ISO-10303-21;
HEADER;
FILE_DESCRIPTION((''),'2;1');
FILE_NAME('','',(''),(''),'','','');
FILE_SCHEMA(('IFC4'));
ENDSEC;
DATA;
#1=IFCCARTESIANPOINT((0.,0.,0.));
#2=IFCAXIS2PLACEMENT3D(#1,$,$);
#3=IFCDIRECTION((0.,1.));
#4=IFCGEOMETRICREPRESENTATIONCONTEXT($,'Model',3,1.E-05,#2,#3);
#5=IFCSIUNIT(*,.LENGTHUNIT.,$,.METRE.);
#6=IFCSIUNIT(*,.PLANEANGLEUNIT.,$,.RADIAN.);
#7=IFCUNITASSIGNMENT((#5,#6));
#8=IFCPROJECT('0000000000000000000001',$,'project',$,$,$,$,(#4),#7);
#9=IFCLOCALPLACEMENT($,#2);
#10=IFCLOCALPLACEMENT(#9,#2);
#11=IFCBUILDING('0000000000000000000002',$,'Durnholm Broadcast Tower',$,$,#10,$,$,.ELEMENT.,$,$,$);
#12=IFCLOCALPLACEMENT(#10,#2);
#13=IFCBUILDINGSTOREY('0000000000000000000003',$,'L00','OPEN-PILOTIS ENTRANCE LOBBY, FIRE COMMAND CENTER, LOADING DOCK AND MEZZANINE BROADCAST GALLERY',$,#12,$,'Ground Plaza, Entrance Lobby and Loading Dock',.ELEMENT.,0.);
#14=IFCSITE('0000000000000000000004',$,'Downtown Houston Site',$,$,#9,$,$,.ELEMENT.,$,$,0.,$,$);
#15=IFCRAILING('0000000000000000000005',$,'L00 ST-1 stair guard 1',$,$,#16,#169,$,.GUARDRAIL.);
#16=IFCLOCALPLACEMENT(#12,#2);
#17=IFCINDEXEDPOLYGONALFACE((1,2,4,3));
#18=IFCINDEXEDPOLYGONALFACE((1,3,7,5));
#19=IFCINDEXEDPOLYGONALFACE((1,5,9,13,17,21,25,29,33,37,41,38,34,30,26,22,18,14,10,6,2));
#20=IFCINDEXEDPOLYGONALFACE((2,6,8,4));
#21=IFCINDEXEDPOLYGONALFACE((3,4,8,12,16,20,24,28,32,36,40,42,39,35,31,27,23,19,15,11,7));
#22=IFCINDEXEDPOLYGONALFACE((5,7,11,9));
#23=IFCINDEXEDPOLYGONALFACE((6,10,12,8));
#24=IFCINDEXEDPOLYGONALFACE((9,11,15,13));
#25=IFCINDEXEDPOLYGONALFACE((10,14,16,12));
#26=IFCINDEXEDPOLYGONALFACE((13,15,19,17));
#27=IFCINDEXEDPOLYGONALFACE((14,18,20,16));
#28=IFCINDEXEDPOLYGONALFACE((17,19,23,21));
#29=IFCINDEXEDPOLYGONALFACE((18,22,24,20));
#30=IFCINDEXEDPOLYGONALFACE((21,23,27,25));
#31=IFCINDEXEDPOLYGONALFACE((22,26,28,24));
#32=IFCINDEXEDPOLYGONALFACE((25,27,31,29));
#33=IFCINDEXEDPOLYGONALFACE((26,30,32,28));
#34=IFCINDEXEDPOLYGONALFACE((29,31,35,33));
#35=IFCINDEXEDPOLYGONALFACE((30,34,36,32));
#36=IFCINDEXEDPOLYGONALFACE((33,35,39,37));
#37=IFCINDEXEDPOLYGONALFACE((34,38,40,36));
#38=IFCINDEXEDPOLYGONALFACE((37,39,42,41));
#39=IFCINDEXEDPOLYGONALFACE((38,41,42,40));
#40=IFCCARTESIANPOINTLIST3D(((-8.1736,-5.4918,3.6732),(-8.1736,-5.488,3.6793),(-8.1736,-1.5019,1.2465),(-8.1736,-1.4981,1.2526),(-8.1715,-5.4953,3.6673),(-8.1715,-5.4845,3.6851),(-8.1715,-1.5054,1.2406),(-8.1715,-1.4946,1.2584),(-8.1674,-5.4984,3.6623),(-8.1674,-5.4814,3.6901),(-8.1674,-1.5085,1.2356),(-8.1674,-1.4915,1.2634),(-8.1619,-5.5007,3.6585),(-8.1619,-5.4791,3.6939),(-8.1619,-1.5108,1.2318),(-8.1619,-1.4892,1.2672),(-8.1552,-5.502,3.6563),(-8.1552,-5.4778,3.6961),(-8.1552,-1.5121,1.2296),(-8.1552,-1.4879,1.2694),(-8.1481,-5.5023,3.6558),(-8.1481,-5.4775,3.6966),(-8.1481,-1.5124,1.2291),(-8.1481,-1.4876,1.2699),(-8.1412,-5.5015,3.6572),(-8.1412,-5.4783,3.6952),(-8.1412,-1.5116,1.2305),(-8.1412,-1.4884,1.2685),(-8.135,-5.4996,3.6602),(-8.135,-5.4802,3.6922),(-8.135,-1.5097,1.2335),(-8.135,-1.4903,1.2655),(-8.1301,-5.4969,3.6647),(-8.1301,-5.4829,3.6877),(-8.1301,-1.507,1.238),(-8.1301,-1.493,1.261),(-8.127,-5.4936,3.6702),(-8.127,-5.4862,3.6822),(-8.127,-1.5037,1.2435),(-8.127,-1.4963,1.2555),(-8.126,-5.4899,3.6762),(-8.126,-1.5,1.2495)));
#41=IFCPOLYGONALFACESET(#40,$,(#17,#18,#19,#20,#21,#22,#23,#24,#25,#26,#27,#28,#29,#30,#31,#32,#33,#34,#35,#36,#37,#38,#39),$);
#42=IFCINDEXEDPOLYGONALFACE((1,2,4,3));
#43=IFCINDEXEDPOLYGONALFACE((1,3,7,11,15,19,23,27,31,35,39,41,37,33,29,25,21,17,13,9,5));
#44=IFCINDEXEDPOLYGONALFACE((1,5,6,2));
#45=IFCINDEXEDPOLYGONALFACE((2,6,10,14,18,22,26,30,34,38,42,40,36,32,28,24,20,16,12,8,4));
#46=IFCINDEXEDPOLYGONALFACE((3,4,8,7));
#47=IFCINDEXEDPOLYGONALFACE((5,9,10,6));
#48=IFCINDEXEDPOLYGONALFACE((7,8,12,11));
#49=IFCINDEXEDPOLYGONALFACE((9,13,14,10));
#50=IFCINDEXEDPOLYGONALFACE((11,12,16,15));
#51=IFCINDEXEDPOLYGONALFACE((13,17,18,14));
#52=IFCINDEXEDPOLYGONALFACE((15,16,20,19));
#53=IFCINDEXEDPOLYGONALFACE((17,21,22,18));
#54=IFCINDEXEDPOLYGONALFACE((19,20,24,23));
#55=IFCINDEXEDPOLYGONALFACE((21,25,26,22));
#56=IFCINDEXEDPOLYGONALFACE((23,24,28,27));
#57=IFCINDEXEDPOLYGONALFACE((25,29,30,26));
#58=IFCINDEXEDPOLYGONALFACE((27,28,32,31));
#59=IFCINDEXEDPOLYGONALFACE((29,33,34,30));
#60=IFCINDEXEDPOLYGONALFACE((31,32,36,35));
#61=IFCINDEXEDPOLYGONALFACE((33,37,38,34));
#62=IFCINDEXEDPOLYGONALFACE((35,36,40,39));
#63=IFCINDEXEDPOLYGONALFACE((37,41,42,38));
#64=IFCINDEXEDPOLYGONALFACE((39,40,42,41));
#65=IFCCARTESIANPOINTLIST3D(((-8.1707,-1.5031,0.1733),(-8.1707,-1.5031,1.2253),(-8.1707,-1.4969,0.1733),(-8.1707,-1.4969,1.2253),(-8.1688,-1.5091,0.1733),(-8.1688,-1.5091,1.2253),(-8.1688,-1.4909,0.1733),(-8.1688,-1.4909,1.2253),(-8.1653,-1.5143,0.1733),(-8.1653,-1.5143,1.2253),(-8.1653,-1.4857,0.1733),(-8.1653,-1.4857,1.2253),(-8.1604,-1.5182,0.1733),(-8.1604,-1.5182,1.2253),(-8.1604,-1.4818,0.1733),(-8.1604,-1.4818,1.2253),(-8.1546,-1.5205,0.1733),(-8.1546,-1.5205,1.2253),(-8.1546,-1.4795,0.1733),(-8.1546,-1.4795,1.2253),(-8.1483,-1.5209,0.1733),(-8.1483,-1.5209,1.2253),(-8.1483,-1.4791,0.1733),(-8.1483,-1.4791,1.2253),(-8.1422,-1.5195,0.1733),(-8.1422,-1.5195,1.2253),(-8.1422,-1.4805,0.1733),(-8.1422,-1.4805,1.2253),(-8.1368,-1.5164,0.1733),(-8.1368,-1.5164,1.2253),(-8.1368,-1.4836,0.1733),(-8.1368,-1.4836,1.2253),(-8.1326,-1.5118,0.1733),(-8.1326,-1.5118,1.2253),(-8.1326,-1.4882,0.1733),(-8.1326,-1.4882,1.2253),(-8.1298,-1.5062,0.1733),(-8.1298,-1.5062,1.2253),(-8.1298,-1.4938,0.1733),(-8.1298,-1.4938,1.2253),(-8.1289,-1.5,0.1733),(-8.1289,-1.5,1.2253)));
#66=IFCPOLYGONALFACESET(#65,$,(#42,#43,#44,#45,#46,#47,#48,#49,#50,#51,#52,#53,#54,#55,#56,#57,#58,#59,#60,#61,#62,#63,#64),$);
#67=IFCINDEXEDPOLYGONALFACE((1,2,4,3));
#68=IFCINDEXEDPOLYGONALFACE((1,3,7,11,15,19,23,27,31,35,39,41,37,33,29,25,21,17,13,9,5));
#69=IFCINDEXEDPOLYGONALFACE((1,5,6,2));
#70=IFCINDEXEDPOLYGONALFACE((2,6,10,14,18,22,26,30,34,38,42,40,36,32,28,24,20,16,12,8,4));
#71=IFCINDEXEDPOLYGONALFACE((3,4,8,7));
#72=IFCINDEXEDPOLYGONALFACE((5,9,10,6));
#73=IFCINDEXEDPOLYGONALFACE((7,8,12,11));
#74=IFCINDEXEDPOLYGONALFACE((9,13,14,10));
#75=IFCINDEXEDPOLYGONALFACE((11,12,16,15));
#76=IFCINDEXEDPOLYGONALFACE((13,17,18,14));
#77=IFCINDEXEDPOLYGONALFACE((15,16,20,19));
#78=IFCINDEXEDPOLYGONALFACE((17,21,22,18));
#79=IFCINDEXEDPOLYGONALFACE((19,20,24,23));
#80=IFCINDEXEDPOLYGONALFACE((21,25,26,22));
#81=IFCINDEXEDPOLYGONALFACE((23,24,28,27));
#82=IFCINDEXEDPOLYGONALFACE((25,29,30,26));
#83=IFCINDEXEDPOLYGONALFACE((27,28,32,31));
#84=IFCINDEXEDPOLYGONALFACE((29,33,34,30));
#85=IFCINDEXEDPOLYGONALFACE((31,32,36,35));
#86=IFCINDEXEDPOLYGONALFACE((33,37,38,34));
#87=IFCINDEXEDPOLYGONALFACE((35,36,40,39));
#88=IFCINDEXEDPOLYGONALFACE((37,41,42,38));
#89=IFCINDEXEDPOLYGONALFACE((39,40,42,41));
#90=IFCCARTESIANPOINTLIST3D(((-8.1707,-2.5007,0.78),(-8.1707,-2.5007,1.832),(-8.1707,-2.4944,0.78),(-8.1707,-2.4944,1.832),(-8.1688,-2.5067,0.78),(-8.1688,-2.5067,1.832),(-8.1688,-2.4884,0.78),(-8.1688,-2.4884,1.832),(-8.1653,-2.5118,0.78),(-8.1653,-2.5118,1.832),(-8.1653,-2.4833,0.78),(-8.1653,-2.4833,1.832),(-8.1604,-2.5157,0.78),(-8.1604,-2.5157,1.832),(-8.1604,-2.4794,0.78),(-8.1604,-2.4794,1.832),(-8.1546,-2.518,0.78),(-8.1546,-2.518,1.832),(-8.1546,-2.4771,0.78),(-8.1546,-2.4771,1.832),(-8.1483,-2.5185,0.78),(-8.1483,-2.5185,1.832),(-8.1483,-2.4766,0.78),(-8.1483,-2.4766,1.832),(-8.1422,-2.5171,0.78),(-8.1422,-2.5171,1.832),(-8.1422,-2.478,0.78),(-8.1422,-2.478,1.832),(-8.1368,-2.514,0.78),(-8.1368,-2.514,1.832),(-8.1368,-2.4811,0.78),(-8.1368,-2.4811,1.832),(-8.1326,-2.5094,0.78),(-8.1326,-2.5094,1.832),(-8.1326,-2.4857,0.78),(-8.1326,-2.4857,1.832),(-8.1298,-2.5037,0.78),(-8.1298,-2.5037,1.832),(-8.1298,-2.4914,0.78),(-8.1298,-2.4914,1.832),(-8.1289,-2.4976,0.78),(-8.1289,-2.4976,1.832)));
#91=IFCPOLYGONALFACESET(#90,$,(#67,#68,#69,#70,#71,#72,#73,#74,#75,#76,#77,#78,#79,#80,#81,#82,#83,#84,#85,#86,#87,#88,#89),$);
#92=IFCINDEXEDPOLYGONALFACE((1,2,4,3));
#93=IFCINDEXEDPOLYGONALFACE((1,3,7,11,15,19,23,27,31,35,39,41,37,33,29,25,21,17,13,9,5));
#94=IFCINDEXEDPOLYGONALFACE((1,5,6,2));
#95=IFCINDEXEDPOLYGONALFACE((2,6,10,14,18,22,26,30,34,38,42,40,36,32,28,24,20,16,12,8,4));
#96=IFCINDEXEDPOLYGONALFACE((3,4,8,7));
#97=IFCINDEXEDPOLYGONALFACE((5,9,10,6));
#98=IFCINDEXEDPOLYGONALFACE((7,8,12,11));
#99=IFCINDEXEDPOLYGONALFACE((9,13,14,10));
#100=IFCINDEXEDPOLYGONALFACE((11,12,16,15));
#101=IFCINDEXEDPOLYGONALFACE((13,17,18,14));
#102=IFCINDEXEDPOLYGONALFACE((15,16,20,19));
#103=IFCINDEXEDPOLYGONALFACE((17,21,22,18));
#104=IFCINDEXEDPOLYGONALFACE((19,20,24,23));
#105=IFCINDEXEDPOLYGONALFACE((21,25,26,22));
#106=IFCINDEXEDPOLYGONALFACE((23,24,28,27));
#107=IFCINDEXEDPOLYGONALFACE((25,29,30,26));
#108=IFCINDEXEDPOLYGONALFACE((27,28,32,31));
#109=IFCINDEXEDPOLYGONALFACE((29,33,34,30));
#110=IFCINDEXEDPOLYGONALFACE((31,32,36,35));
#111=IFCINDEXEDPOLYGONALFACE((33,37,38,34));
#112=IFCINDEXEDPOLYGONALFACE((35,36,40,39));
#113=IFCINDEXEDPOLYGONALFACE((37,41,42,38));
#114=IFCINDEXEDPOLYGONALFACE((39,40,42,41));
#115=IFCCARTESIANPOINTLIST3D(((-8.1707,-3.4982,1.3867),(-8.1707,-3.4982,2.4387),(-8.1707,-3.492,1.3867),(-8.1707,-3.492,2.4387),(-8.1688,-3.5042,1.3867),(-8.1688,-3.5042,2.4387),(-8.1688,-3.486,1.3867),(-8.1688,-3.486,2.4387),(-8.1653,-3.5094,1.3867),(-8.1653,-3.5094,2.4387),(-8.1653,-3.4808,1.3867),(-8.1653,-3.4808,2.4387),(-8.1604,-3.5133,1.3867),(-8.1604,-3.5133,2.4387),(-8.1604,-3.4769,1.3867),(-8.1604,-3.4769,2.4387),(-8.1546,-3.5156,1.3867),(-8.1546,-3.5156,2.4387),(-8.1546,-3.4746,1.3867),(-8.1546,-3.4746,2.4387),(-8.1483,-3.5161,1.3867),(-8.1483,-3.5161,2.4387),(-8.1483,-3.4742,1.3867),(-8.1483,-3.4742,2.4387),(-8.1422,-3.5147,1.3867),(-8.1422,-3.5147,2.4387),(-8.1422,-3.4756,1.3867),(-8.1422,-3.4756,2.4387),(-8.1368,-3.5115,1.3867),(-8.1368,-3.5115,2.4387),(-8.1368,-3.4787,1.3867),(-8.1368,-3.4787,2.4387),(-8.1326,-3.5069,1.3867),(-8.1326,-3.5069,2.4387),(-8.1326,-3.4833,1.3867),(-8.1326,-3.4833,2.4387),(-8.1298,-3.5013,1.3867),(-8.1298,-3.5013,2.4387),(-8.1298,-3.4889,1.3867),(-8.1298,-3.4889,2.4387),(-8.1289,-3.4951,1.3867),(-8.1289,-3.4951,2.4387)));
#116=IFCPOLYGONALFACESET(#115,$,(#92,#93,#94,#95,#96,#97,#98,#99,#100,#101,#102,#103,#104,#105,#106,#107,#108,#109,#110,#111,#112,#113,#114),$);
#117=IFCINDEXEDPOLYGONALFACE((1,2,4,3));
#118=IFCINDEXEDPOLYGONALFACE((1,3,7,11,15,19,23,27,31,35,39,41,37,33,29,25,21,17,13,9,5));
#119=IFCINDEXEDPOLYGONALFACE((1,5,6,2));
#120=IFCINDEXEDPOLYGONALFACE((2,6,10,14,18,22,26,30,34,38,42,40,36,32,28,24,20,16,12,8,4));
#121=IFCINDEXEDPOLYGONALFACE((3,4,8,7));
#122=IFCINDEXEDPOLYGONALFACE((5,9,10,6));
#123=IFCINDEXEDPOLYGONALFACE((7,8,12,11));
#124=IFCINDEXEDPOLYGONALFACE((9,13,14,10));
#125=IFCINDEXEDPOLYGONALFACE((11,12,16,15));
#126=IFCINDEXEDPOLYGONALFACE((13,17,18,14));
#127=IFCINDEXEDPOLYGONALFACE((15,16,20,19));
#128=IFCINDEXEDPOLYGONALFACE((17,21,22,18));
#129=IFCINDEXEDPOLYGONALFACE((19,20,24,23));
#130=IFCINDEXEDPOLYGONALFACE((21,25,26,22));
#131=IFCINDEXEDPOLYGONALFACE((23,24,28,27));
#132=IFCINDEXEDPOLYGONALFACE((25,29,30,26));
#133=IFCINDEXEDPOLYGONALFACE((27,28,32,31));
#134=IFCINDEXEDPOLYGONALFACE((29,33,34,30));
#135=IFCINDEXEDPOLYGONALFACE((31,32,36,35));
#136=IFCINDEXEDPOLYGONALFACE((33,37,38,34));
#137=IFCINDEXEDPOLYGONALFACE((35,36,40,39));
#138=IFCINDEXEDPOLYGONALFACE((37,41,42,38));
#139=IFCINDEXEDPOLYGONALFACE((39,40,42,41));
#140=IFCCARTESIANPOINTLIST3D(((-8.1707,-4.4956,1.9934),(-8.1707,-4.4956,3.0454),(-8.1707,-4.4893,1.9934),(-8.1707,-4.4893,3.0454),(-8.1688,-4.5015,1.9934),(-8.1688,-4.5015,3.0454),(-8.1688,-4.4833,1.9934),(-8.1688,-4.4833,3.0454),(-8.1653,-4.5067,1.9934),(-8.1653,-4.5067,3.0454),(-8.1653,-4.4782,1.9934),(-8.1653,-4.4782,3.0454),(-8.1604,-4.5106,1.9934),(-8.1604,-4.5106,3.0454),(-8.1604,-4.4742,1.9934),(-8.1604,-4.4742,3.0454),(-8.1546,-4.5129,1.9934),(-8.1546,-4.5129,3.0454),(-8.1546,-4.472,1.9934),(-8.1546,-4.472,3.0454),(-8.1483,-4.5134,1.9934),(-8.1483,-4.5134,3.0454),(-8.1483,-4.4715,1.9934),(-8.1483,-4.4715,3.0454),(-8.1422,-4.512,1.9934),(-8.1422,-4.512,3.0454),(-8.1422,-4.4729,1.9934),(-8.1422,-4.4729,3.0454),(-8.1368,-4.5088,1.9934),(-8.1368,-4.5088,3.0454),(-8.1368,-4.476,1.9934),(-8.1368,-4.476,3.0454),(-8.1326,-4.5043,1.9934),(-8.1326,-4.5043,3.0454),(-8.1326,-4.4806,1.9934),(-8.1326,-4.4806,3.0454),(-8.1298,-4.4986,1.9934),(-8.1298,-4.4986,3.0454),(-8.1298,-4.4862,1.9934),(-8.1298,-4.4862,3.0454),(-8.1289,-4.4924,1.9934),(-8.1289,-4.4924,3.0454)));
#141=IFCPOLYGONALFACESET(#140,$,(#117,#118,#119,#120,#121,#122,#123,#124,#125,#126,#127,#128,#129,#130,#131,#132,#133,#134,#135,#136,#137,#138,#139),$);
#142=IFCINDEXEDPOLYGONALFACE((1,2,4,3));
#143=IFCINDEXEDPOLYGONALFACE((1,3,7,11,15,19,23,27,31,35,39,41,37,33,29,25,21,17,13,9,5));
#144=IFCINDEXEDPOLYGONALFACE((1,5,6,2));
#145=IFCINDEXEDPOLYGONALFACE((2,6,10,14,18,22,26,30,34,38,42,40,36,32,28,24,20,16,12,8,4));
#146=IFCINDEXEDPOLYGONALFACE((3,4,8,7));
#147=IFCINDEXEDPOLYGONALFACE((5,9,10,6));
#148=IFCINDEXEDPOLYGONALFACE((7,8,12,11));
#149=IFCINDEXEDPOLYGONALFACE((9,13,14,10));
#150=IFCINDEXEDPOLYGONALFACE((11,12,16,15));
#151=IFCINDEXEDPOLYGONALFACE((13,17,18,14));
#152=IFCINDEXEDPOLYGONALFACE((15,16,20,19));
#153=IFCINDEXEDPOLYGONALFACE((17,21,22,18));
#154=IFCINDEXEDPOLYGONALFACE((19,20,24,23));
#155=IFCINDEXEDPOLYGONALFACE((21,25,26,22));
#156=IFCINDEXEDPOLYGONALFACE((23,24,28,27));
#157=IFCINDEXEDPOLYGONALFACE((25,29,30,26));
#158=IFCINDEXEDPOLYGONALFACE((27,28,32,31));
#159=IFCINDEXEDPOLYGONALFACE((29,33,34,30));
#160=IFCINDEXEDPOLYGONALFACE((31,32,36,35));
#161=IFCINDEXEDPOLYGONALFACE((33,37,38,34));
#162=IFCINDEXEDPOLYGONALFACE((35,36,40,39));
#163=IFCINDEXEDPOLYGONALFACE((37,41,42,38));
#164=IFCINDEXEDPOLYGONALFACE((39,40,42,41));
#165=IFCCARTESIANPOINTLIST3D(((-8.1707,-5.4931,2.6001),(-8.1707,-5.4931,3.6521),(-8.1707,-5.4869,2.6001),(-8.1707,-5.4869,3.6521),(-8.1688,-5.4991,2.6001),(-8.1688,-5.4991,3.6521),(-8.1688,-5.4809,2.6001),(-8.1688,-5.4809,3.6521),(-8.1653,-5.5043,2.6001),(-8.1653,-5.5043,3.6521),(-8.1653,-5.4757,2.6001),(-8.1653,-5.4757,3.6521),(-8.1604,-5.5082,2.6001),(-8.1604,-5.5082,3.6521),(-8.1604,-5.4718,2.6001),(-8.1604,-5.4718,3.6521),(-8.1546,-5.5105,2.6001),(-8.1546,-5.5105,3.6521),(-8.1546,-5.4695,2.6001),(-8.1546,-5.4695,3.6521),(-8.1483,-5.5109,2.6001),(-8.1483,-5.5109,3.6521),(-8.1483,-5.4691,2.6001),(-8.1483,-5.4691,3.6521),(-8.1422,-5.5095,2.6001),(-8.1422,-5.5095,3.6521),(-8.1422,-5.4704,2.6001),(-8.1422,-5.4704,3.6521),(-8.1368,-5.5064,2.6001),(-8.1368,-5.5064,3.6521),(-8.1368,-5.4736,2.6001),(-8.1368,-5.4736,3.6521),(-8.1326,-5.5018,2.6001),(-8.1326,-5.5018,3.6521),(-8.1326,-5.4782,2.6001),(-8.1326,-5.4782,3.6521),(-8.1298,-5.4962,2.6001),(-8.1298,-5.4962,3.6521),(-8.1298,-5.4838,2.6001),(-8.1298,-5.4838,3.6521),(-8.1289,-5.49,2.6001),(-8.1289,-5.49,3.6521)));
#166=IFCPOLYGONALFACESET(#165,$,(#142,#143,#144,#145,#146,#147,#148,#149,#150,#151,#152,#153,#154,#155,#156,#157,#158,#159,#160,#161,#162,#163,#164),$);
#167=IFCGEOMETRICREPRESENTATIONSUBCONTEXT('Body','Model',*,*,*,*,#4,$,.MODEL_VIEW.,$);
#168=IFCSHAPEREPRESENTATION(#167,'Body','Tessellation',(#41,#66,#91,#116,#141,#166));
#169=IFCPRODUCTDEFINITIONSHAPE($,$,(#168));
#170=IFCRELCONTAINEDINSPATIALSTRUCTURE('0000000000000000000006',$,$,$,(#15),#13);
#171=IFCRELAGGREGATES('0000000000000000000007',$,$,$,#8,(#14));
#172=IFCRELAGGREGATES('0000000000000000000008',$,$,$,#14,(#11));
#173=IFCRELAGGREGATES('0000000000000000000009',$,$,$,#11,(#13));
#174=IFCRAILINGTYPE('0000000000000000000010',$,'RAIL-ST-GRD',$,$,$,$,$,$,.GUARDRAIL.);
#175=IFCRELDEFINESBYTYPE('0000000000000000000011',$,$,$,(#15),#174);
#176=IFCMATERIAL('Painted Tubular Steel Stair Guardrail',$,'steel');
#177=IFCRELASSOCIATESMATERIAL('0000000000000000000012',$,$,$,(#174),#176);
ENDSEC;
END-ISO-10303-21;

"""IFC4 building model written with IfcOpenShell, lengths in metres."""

from ifc_helpers import new_model, si_unit, direction, frame, origin, origin_2d, place, context, subcontext, project, spatial, circle, extrude, material, type_object, element, save


model = new_model("IFC4")

# Units and contexts
model_context = context("Model", 3, precision=1e-05, world=origin(), true_north=direction((0.0, 1.0)))
body_context = subcontext(model_context, "Body", "Model", "MODEL_VIEW")
ifc_project = project(units=[si_unit("LENGTHUNIT", "METRE"), si_unit("PLANEANGLEUNIT", "RADIAN")], contexts=[model_context])

# Site, building, storey
site_placement = place(None, origin())
site = spatial("IfcSite", under=ifc_project, at=site_placement, Name="Downtown Houston Site", CompositionType="ELEMENT", RefElevation=0.0)
building_placement = place(site_placement, origin())
building = spatial("IfcBuilding", under=site, at=building_placement, Name="Durnholm Broadcast Tower", CompositionType="ELEMENT")
storey_placement = place(building_placement, origin())
storey = spatial("IfcBuildingStorey", under=building, at=storey_placement, Name="L00", Description="OPEN-PILOTIS ENTRANCE LOBBY, FIRE COMMAND CENTER, LOADING DOCK AND MEZZANINE BROADCAST GALLERY", LongName="Ground Plaza, Entrance Lobby and Loading Dock", CompositionType="ELEMENT", Elevation=0.0)

# Railing
ifc_material_1 = material(Name="Painted Tubular Steel Stair Guardrail", Category="steel")
railing_type_1 = type_object("IfcRailingType", Name="RAIL-ST-GRD", PredefinedType="GUARDRAIL", material=ifc_material_1)
railing_1_placement = place(storey_placement, frame((-8.1499, -1.5, 0.1733)))
element("IfcRailing", 1, at=railing_1_placement, inside=storey, type_object=railing_type_1, Name="L00 ST-1 stair guard 1", PredefinedType="GUARDRAIL", context=body_context, shape_type="SweptSolid", body=[
    extrude(circle(Radius=0.0239, at=origin_2d()), frame((0.0, 0.0, 1.0762), z_axis=(0.0, -0.854382, 0.519645), x_axis=(1.0, 0.0, 0.0)), (0.0, 0.0, 1.0), 4.6699),
    extrude(circle(Radius=0.021, at=origin_2d()), origin(), (0.0, 0.0, 1.0), 1.052),
    extrude(circle(Radius=0.021, at=origin_2d()), frame((0.0, -0.9976, 0.6067)), (0.0, 0.0, 1.0), 1.052),
    extrude(circle(Radius=0.021, at=origin_2d()), frame((0.0, -1.9951, 1.2134)), (0.0, 0.0, 1.0), 1.052),
    extrude(circle(Radius=0.021, at=origin_2d()), frame((0.0, -2.9924, 1.8201)), (0.0, 0.0, 1.0), 1.052),
    extrude(circle(Radius=0.021, at=origin_2d()), frame((0.0, -3.99, 2.4268)), (0.0, 0.0, 1.0), 1.052),
])

save(model, "model.ifc")
